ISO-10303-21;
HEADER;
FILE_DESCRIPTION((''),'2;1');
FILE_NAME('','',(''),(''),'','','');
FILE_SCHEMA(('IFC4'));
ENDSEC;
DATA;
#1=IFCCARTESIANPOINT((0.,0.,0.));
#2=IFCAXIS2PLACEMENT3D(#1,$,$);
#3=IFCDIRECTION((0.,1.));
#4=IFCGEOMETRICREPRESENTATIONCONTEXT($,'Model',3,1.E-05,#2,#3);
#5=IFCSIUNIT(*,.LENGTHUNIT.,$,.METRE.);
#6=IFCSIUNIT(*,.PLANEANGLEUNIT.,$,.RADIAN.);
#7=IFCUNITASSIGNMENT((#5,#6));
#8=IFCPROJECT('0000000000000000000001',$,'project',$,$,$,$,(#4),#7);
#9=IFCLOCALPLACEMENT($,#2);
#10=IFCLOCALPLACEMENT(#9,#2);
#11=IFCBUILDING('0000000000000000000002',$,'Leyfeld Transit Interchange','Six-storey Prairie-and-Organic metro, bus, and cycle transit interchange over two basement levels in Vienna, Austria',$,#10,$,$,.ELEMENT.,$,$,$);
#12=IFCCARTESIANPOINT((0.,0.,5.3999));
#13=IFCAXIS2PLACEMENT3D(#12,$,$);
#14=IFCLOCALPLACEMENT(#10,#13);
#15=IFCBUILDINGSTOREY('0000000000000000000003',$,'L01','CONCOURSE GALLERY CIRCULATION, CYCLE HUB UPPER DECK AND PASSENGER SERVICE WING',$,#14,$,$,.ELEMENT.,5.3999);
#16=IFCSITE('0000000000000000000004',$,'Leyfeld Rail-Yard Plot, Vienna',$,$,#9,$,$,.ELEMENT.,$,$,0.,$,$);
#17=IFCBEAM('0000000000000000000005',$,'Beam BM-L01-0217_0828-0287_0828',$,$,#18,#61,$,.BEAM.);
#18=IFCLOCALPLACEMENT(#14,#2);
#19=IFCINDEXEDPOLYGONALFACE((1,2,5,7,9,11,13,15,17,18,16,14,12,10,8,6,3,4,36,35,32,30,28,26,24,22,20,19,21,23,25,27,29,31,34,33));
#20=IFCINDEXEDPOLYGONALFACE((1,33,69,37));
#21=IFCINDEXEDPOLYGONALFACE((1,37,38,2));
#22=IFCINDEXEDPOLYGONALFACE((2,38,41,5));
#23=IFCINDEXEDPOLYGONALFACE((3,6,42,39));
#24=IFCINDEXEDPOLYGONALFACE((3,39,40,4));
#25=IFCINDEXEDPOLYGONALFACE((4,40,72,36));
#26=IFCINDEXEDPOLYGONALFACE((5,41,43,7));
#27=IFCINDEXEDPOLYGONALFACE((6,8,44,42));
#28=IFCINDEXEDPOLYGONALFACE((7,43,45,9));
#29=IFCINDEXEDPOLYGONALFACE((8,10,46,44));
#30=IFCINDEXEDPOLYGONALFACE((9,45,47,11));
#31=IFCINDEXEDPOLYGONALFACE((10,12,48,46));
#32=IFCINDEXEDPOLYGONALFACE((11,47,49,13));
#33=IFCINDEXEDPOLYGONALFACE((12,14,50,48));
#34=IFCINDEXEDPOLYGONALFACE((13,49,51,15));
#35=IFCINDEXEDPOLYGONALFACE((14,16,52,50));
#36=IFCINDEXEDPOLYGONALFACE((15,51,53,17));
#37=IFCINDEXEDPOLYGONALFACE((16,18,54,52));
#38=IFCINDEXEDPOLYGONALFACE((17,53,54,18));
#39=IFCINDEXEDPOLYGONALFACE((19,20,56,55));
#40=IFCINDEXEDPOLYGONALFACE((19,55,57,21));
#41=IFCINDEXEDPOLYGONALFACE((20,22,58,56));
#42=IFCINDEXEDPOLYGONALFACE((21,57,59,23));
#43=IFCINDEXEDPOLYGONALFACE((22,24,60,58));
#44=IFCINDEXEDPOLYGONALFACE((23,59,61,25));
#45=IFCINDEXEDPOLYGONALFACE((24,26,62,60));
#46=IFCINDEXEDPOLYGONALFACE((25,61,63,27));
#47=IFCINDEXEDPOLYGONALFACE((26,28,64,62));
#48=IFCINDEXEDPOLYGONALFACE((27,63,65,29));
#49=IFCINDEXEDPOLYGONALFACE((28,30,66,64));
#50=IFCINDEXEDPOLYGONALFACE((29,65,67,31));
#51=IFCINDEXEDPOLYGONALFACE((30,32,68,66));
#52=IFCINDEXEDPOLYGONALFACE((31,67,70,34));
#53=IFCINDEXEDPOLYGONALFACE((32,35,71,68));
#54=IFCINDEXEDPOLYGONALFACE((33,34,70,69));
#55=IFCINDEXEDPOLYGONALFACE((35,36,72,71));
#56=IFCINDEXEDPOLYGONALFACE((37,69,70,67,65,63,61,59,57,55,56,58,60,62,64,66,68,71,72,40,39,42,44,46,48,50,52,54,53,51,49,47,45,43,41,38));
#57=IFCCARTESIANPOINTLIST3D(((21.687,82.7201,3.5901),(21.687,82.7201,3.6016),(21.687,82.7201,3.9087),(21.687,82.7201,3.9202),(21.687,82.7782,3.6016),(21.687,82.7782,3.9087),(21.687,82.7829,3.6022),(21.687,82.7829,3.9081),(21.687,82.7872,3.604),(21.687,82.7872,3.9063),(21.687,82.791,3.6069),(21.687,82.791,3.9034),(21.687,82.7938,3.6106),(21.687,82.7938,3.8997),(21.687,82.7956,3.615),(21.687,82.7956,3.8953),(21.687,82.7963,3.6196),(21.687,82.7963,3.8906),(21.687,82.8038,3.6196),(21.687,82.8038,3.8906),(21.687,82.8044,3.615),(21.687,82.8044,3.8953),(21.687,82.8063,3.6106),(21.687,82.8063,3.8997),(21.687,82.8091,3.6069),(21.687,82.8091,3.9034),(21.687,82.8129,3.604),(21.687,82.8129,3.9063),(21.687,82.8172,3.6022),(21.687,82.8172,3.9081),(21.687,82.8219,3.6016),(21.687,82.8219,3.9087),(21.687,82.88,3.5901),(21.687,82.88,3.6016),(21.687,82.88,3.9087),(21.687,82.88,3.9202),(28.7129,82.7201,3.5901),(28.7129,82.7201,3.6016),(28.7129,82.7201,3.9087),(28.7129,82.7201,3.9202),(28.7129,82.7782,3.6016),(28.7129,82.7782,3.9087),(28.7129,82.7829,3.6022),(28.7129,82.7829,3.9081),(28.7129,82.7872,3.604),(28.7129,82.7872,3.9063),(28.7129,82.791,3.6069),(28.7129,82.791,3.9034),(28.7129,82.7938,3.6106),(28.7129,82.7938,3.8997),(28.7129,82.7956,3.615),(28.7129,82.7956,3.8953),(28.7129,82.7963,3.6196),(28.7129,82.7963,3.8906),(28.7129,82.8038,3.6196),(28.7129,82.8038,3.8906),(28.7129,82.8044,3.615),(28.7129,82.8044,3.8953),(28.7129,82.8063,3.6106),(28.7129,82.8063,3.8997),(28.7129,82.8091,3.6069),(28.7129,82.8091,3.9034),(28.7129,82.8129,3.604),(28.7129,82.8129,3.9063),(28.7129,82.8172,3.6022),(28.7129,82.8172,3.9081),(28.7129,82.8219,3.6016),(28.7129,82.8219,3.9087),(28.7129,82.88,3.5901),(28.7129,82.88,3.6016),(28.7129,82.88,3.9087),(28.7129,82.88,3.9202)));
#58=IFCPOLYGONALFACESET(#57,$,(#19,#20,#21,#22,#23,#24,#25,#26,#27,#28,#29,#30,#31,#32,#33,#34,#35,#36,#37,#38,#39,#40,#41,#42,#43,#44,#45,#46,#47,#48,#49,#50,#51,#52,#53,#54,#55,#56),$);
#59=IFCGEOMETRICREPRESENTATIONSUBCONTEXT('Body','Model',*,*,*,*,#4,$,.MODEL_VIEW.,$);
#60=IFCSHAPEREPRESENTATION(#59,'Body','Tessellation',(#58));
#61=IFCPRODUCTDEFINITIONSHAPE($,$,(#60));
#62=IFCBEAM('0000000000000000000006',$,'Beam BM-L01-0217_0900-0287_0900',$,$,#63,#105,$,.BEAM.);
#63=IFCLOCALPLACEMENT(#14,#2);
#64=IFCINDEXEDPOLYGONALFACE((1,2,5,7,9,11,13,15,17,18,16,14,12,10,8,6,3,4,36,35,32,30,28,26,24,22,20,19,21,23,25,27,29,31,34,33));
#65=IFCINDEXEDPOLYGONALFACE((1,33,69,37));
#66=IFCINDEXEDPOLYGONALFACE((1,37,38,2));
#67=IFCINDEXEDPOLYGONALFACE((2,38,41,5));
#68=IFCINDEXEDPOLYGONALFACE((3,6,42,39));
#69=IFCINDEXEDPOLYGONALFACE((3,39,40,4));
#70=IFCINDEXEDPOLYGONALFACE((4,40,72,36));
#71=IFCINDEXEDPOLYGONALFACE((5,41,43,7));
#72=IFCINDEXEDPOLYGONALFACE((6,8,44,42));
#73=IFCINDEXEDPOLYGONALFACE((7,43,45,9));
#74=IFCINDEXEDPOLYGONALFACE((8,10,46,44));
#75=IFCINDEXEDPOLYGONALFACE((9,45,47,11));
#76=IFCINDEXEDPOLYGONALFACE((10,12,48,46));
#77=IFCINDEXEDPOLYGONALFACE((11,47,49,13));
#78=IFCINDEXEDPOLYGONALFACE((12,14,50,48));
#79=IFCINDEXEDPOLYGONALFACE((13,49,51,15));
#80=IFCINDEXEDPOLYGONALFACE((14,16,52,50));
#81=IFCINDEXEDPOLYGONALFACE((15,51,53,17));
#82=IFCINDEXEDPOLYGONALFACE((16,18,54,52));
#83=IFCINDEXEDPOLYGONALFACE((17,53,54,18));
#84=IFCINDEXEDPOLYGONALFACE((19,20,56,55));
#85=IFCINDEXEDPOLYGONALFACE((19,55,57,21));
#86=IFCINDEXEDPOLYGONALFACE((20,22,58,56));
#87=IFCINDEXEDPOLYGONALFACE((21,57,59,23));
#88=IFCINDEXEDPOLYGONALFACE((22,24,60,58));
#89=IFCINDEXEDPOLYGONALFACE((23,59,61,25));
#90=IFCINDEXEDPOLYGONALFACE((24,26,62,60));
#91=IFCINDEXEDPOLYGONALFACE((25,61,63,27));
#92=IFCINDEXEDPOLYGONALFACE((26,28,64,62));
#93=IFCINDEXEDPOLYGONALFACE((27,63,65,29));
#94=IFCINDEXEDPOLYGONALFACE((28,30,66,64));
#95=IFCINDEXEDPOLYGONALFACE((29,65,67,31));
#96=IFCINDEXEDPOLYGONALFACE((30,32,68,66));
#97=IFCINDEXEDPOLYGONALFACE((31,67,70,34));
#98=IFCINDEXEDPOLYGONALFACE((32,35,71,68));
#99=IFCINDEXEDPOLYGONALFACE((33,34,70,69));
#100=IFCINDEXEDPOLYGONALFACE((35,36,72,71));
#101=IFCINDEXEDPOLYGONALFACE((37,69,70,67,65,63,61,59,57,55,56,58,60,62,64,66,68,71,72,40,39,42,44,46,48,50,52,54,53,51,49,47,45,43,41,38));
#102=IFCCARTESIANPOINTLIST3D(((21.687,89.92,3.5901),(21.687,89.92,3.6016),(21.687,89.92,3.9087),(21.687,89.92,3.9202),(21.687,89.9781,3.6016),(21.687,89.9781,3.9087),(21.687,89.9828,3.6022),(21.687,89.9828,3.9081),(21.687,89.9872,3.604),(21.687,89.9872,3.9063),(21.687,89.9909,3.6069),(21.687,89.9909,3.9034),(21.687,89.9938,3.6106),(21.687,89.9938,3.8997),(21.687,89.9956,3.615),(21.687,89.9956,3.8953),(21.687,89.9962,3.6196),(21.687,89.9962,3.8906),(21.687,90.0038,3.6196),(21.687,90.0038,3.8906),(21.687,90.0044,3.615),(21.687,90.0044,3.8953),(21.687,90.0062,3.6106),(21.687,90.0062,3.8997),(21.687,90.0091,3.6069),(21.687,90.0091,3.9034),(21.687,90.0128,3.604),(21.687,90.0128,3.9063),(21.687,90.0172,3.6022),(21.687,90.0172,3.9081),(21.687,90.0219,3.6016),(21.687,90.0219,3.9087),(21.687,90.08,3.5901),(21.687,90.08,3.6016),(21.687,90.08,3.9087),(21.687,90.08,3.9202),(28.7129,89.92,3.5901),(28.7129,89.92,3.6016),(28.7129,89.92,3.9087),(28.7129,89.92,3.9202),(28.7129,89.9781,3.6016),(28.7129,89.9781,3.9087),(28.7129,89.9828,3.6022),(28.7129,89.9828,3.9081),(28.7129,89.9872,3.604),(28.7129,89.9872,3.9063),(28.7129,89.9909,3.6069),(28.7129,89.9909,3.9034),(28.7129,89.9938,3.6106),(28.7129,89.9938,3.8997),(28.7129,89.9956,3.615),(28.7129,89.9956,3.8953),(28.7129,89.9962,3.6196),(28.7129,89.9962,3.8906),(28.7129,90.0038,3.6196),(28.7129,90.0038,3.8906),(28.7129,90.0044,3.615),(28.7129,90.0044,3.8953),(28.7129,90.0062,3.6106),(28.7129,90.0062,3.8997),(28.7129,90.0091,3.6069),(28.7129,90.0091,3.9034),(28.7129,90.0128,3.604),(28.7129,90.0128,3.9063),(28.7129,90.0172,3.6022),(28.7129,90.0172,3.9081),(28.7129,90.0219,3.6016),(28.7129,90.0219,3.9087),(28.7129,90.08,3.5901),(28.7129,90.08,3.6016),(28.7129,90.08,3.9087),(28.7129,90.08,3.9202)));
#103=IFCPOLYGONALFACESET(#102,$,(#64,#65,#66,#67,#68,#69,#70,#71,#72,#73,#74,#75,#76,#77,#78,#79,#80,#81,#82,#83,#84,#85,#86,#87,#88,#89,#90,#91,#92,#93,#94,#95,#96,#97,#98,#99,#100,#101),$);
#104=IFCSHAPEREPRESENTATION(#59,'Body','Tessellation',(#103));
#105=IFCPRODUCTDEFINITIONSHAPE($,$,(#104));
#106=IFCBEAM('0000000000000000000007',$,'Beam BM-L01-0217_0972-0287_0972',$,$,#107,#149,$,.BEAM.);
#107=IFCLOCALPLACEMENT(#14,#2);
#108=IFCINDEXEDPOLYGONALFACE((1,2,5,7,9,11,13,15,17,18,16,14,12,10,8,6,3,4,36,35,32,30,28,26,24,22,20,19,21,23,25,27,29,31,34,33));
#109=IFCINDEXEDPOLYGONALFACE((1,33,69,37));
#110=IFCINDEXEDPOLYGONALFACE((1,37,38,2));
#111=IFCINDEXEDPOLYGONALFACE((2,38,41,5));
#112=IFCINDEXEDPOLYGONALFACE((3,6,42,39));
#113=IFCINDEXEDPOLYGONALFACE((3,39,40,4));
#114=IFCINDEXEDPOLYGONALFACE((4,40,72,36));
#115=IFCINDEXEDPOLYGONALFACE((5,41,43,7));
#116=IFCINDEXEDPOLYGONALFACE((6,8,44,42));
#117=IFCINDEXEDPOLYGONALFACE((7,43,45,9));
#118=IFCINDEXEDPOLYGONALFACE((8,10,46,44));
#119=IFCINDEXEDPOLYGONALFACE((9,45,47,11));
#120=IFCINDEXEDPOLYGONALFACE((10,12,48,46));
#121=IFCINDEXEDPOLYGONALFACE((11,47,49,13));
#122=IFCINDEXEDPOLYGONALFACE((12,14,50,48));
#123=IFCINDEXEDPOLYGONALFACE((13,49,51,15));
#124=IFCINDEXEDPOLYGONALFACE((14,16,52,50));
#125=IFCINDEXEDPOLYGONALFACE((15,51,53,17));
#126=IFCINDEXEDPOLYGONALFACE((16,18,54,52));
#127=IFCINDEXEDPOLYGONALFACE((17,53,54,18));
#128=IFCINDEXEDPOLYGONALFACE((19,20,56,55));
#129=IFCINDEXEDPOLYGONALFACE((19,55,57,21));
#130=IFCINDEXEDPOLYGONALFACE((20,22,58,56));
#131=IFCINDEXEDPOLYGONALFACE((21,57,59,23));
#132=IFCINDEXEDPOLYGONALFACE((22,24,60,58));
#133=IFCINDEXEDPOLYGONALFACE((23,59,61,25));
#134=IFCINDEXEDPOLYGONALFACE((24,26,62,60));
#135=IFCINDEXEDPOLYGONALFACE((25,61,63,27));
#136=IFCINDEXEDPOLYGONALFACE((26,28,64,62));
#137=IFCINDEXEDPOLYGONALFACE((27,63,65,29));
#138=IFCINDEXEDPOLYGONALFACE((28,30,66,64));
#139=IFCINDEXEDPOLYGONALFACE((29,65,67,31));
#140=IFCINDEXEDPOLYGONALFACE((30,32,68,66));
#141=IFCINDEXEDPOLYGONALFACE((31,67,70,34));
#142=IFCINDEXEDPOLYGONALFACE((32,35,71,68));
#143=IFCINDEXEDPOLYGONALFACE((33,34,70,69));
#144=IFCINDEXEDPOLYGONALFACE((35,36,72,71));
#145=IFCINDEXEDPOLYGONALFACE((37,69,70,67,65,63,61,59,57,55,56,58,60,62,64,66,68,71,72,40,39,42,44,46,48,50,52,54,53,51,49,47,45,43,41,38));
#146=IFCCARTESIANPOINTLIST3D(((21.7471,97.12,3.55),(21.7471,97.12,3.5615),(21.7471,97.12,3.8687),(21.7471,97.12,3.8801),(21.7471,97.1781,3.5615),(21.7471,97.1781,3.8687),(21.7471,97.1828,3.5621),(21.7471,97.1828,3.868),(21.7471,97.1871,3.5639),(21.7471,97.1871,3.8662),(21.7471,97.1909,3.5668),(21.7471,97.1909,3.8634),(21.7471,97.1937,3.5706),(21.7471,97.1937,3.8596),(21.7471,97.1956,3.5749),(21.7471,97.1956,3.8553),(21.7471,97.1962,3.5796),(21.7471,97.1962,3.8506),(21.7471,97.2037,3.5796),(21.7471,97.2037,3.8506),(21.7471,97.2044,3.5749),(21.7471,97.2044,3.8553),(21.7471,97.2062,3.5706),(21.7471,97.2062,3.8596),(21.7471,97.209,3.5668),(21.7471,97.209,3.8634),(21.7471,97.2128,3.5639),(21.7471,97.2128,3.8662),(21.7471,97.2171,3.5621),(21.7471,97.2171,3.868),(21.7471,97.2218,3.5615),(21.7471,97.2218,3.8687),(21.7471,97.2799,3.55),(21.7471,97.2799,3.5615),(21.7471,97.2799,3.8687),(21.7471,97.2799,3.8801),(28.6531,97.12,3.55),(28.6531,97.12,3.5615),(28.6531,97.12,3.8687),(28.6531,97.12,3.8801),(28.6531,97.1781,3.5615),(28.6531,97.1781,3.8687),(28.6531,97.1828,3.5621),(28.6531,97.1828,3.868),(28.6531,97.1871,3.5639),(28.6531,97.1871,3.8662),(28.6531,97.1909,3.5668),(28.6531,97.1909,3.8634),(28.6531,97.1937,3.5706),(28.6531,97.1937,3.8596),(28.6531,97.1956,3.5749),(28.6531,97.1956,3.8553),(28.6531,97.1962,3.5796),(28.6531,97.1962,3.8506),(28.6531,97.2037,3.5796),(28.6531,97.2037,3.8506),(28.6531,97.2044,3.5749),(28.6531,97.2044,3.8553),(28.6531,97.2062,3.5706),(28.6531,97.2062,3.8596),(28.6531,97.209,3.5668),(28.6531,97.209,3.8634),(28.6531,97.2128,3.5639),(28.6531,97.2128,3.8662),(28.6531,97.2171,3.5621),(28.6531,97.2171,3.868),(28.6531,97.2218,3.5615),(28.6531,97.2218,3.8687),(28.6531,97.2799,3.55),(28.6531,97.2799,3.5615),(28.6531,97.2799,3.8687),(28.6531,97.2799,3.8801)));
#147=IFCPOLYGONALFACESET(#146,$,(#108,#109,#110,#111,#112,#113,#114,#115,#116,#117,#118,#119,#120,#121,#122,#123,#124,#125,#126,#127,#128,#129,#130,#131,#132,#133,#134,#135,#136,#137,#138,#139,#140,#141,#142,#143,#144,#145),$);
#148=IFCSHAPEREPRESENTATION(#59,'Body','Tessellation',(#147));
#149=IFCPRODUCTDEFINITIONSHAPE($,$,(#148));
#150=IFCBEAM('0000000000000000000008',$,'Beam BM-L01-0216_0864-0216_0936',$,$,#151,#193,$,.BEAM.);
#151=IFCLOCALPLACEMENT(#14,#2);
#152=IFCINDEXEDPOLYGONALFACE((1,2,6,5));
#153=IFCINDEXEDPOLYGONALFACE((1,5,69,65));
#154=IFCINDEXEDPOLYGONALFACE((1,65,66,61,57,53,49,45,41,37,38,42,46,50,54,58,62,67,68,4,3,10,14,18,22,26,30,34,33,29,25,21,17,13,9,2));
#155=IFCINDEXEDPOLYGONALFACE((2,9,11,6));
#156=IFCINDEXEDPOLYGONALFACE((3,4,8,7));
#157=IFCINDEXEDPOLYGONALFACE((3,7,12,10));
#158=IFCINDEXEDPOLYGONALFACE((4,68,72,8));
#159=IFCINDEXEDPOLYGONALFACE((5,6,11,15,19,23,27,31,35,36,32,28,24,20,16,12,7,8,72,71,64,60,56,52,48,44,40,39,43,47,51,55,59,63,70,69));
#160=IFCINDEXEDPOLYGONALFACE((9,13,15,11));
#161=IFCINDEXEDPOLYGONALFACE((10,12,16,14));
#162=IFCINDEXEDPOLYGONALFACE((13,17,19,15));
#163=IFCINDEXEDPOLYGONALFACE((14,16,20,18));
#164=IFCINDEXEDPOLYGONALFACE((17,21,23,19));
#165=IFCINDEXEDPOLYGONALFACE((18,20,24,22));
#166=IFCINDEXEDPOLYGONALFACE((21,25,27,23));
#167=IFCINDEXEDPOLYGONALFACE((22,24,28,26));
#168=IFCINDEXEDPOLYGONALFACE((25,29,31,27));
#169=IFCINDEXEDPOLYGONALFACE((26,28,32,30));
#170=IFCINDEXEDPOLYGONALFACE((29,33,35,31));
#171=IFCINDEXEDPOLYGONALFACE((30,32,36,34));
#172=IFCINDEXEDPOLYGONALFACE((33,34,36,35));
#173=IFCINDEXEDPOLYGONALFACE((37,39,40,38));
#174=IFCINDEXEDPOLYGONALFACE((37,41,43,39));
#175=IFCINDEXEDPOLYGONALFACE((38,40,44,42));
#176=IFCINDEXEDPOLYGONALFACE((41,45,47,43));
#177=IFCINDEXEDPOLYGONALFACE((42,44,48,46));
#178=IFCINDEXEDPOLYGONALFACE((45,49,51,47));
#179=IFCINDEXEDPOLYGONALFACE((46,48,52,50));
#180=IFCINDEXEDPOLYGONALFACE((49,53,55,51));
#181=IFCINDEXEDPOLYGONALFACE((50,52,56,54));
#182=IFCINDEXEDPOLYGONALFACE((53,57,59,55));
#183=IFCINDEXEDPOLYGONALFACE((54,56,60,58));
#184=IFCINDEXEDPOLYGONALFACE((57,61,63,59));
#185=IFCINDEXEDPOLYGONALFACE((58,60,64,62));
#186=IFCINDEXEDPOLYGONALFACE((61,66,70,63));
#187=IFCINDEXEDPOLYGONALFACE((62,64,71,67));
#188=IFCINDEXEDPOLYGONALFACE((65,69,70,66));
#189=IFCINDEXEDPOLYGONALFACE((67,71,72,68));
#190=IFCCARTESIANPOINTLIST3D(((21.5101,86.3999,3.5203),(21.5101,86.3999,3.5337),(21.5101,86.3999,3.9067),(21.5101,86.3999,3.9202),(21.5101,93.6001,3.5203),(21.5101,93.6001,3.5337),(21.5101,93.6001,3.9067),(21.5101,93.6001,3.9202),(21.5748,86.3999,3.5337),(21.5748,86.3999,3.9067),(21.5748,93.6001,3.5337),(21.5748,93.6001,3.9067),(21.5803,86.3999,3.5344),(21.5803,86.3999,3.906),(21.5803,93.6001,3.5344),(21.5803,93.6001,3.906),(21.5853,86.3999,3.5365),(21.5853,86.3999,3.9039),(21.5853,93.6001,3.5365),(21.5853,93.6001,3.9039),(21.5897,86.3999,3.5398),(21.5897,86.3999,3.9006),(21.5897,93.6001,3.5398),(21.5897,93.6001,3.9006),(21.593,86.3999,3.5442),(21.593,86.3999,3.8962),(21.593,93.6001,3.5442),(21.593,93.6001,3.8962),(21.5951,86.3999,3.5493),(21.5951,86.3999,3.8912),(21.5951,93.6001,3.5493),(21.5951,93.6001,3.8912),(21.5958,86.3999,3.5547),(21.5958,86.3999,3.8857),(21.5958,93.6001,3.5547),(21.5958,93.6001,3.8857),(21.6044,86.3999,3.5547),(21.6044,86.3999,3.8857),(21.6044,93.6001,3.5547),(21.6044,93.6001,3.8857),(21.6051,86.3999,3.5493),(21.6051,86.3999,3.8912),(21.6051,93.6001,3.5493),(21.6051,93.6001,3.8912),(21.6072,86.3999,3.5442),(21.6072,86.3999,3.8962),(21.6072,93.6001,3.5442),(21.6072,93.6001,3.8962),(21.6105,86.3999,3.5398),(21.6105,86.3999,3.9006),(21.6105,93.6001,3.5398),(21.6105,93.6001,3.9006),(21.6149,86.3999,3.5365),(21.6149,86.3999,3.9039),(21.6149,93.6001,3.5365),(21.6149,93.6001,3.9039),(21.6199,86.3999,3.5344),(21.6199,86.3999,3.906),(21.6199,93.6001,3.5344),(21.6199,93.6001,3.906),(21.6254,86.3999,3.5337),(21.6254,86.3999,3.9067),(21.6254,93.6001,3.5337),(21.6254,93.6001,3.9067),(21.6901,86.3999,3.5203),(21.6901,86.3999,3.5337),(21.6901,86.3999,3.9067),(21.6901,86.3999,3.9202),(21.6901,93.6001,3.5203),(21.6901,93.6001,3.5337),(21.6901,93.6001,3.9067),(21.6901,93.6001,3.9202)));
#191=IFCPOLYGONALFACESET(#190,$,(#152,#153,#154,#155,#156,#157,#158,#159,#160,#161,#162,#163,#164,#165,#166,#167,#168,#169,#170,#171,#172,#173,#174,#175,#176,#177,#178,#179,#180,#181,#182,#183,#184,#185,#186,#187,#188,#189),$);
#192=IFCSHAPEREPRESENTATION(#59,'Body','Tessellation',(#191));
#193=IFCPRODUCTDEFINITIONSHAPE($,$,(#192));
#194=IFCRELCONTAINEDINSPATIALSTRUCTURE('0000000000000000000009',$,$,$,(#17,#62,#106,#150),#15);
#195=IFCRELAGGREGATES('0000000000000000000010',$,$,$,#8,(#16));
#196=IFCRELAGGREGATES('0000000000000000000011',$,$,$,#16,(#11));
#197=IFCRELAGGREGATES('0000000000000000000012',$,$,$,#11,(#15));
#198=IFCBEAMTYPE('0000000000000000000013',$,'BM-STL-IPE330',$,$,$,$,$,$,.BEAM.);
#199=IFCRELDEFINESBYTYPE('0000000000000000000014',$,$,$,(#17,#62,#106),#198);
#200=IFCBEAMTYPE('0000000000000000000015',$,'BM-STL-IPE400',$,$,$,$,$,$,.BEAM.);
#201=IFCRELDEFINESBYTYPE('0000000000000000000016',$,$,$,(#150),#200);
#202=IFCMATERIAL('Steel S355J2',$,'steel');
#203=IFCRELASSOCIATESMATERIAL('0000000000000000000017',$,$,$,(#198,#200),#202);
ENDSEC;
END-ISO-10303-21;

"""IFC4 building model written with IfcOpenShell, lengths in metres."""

from ifc_helpers import new_model, si_unit, direction, frame, origin, origin_2d, place, context, subcontext, project, spatial, i_section, extrude, material, material_profile, profile_set, type_object, element, save


model = new_model("IFC4")

# Units and contexts
model_context = context("Model", 3, precision=1e-05, world=origin(), true_north=direction((0.0, 1.0)))
body_context = subcontext(model_context, "Body", "Model", "MODEL_VIEW")
ifc_project = project(units=[si_unit("LENGTHUNIT", "METRE"), si_unit("PLANEANGLEUNIT", "RADIAN")], contexts=[model_context])

# Site, building, storey
site_placement = place(None, origin())
site = spatial("IfcSite", under=ifc_project, at=site_placement, Name="Leyfeld Rail-Yard Plot, Vienna", CompositionType="ELEMENT", RefElevation=0.0)
building_placement = place(site_placement, origin())
building = spatial("IfcBuilding", under=site, at=building_placement, Name="Leyfeld Transit Interchange", Description="Six-storey Prairie-and-Organic metro, bus, and cycle transit interchange over two basement levels in Vienna, Austria", CompositionType="ELEMENT")
storey_placement = place(building_placement, frame((0.0, 0.0, 5.3999)))
storey = spatial("IfcBuildingStorey", under=building, at=storey_placement, Name="L01", Description="CONCOURSE GALLERY CIRCULATION, CYCLE HUB UPPER DECK AND PASSENGER SERVICE WING", CompositionType="ELEMENT", Elevation=5.3999)

# Beams
ifc_material_1 = material(Name="Steel S355J2", Category="steel")
ifc_material_profile_1 = material_profile(ifc_material_1, i_section(OverallWidth=0.1599, OverallDepth=0.3301, WebThickness=0.0076, FlangeThickness=0.0115, FilletRadius=0.0181, at=origin_2d()), Name="IPE 330")
ifc_profile_set_1 = profile_set([ifc_material_profile_1], Name="Steel S355J2")
beam_type_1 = type_object("IfcBeamType", Name="BM-STL-IPE330", PredefinedType="BEAM", material=ifc_profile_set_1)
for number, where, z_axis, x_axis, name in (
    (1, (21.687, 82.8, 3.7551), (1.0, 0.0, 0.0), (0.0, 1.0, 0.0), "Beam BM-L01-0217_0828-0287_0828"),
    (2, (21.687, 90.0, 3.7551), (1.0, 0.0, 0.0), (0.0, 1.0, 0.0), "Beam BM-L01-0217_0900-0287_0900"),
):
    element("IfcBeam", number, at=place(storey_placement, frame(where, z_axis=z_axis, x_axis=x_axis)), inside=storey, type_object=beam_type_1, Name=name, PredefinedType="BEAM", context=body_context, shape_type="SweptSolid", body=[
        extrude(i_section(OverallWidth=0.1599, OverallDepth=0.3301, WebThickness=0.0076, FlangeThickness=0.0115, FilletRadius=0.0181, at=origin_2d()), origin(), (0.0, 0.0, 1.0), 7.0259),
    ])
beam_1_placement = place(storey_placement, frame((21.7471, 97.2, 3.7151), z_axis=(1.0, 0.0, 0.0), x_axis=(0.0, 1.0, 0.0)))
element("IfcBeam", 3, at=beam_1_placement, inside=storey, type_object=beam_type_1, Name="Beam BM-L01-0217_0972-0287_0972", PredefinedType="BEAM", context=body_context, shape_type="SweptSolid", body=[
    extrude(i_section(OverallWidth=0.1599, OverallDepth=0.3301, WebThickness=0.0076, FlangeThickness=0.0115, FilletRadius=0.0181, at=origin_2d()), origin(), (0.0, 0.0, 1.0), 6.906),
])
ifc_material_profile_2 = material_profile(ifc_material_1, i_section(OverallWidth=0.1799, OverallDepth=0.3999, WebThickness=0.0085, FlangeThickness=0.0134, FilletRadius=0.021, at=origin_2d()), Name="IPE 400")
ifc_profile_set_2 = profile_set([ifc_material_profile_2], Name="Steel S355J2")
beam_type_2 = type_object("IfcBeamType", Name="BM-STL-IPE400", PredefinedType="BEAM", material=ifc_profile_set_2)
beam_2_placement = place(storey_placement, frame((21.6001, 86.3999, 3.7202), z_axis=(0.0, 1.0, 0.0), x_axis=(-1.0, 0.0, 0.0)))
element("IfcBeam", 4, at=beam_2_placement, inside=storey, type_object=beam_type_2, Name="Beam BM-L01-0216_0864-0216_0936", PredefinedType="BEAM", context=body_context, shape_type="SweptSolid", body=[
    extrude(i_section(OverallWidth=0.1799, OverallDepth=0.3999, WebThickness=0.0085, FlangeThickness=0.0134, FilletRadius=0.021, at=origin_2d()), origin(), (0.0, 0.0, 1.0), 7.2002),
])

save(model, "model.ifc")
